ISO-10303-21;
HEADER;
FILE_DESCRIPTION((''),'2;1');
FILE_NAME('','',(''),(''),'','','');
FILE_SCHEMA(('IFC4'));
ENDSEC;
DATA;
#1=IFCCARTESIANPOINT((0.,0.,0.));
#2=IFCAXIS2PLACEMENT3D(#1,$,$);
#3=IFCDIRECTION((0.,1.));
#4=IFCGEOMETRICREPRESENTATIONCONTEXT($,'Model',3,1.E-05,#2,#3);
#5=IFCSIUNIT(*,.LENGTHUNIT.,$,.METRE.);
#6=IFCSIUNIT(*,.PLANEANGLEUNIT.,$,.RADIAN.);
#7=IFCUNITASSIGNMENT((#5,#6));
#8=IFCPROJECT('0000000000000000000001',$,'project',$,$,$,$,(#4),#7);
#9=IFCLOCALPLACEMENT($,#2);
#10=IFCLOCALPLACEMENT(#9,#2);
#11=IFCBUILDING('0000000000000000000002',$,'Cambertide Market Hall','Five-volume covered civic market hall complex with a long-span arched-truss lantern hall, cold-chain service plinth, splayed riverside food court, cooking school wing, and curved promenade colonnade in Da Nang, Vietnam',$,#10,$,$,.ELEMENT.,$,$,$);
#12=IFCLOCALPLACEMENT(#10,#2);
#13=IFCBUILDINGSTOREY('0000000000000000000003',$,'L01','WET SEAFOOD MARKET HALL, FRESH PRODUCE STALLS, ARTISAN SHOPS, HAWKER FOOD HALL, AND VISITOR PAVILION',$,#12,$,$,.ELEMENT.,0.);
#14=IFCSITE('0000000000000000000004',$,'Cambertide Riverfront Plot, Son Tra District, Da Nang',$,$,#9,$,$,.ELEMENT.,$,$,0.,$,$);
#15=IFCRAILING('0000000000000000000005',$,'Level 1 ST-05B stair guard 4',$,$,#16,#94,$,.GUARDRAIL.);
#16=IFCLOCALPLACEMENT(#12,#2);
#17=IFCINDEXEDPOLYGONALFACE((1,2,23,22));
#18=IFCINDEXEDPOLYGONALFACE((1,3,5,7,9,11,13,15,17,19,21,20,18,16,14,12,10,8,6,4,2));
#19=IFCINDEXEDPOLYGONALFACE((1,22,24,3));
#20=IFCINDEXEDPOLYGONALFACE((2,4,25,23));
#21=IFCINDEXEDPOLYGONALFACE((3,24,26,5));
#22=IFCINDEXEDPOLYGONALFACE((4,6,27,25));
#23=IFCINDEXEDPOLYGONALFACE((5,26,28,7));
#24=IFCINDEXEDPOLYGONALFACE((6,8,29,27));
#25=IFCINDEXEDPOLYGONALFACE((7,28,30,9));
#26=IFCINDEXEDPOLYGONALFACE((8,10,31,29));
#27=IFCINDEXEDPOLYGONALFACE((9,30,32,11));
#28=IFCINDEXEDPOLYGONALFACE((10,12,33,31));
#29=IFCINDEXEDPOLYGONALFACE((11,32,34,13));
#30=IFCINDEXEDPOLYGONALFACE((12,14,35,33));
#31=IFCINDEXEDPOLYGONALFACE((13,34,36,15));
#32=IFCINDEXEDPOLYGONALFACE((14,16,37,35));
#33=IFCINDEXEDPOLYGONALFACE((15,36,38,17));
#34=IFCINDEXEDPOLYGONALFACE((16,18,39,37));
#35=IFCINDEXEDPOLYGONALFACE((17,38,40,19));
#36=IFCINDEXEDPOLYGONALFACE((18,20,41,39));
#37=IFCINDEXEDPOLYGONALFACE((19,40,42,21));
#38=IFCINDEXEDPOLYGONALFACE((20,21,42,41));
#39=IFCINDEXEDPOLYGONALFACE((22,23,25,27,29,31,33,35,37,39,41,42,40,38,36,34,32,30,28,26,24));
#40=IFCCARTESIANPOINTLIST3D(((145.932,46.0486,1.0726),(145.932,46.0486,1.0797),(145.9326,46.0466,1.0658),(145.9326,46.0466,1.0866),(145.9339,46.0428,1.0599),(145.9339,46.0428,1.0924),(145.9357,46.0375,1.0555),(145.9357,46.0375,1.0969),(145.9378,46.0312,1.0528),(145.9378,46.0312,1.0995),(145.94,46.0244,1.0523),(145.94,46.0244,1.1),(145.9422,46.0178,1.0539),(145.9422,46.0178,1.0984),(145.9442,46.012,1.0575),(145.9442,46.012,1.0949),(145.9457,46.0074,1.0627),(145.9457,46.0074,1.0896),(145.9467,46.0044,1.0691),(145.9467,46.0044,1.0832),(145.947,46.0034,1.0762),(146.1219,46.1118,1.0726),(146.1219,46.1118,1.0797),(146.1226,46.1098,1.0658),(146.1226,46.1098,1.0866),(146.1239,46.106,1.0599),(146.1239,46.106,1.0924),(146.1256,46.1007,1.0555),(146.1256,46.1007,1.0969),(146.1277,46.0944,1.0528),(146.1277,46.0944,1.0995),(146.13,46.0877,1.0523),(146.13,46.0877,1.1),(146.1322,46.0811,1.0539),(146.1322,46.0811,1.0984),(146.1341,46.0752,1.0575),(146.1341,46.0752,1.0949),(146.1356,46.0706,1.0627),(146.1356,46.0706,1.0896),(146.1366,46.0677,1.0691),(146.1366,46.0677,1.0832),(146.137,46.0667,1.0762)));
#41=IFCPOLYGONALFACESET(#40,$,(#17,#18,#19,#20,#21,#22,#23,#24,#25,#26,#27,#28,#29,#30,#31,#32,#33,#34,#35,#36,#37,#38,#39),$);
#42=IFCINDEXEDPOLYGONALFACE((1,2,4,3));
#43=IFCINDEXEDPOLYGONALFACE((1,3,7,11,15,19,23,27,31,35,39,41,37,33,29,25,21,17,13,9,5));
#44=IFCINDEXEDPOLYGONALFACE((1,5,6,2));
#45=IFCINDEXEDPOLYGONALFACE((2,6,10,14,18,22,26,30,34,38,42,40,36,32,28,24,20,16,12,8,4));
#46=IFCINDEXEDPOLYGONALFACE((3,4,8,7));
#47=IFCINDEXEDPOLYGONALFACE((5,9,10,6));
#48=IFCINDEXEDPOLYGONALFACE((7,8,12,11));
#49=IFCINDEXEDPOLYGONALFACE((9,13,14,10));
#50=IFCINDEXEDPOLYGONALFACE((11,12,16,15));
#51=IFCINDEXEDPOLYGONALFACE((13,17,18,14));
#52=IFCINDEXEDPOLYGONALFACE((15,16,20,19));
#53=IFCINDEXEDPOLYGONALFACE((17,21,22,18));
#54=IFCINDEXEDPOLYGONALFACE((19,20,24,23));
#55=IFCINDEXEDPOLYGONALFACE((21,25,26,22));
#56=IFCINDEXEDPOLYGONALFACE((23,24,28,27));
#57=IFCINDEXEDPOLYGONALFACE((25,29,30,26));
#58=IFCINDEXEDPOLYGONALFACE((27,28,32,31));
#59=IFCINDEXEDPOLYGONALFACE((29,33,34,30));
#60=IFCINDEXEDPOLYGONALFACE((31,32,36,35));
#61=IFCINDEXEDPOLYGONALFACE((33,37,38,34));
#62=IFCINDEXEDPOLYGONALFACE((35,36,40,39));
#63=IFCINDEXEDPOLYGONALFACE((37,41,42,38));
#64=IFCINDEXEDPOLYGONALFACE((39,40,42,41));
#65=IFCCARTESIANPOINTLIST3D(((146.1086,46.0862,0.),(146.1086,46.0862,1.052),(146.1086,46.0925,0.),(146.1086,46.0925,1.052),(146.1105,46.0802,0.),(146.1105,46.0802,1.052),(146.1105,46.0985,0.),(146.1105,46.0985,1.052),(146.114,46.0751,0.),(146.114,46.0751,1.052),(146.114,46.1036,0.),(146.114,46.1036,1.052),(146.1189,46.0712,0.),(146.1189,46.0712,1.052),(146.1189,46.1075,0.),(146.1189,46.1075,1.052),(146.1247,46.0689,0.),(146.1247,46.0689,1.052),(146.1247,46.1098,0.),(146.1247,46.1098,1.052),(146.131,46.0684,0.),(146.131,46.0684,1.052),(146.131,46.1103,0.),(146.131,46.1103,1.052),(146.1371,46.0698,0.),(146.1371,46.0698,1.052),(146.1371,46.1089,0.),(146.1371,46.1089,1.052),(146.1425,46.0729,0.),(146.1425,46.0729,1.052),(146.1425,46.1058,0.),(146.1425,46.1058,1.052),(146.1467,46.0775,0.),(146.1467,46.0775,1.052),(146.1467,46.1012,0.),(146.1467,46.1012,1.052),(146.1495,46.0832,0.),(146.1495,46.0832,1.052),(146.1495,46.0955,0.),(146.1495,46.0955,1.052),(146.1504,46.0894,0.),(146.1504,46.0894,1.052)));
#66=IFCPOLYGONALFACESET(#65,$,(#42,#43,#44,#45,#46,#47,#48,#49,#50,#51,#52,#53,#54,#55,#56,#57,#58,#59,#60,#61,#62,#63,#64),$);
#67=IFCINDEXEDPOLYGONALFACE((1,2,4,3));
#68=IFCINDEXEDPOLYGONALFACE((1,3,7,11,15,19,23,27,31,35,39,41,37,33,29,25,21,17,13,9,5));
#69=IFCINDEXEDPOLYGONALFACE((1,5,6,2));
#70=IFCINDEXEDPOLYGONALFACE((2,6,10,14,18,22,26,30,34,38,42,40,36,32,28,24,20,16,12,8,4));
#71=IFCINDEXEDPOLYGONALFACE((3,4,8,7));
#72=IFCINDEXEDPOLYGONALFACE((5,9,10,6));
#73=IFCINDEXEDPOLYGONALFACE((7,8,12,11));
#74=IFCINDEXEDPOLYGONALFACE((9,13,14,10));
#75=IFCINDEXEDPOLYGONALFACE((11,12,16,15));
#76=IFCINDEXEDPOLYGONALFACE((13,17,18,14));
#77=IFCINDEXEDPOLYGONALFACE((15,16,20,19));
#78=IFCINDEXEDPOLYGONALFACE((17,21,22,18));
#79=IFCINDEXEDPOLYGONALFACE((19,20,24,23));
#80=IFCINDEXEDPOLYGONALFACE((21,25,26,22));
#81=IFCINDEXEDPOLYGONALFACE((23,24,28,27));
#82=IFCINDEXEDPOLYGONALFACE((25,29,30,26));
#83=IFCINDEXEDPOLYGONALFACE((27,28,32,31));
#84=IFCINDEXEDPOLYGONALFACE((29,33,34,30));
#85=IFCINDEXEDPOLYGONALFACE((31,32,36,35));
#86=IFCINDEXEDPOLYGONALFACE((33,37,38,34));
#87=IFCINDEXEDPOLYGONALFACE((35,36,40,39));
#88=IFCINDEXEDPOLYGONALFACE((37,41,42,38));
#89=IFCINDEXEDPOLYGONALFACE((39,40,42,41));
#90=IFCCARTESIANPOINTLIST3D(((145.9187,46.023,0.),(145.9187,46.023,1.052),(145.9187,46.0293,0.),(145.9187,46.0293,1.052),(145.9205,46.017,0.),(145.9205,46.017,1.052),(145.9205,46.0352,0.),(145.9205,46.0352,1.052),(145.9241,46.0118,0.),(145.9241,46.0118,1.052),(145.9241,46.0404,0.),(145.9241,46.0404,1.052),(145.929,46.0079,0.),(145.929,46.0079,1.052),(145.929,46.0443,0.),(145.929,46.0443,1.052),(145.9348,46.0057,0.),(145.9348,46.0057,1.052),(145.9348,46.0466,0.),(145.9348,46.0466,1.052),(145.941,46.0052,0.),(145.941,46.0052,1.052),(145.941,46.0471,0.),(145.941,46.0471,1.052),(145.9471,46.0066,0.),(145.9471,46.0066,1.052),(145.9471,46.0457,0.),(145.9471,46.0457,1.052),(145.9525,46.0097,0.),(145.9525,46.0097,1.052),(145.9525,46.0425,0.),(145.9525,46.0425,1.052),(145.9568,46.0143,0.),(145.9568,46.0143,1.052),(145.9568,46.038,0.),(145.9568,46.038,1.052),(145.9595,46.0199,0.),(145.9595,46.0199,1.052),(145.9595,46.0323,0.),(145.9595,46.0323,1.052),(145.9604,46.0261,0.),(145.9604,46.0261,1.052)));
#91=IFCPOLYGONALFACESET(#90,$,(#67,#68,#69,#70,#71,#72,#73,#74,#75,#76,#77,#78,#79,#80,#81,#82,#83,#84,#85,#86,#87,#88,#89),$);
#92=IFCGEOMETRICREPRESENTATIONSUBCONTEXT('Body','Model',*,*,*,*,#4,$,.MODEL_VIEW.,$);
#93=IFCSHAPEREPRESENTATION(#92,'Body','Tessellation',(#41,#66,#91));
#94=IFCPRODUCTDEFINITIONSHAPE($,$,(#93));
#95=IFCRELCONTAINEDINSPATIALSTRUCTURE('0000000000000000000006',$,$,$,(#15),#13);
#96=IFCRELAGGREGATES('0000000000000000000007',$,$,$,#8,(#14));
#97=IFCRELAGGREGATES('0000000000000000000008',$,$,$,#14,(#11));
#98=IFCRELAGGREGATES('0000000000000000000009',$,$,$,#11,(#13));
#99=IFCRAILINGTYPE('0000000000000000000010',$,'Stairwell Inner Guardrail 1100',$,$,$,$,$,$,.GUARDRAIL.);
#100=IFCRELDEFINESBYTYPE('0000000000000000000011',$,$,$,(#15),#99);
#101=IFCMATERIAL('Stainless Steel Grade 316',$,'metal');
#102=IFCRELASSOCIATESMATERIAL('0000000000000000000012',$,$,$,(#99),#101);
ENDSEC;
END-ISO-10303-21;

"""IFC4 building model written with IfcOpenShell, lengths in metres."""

from ifc_helpers import new_model, si_unit, direction, frame, origin, origin_2d, place, context, subcontext, project, spatial, circle, extrude, material, type_object, element, save


model = new_model("IFC4")

# Units and contexts
model_context = context("Model", 3, precision=1e-05, world=origin(), true_north=direction((0.0, 1.0)))
body_context = subcontext(model_context, "Body", "Model", "MODEL_VIEW")
ifc_project = project(units=[si_unit("LENGTHUNIT", "METRE"), si_unit("PLANEANGLEUNIT", "RADIAN")], contexts=[model_context])

# Site, building, storey
site_placement = place(None, origin())
site = spatial("IfcSite", under=ifc_project, at=site_placement, Name="Cambertide Riverfront Plot, Son Tra District, Da Nang", CompositionType="ELEMENT", RefElevation=0.0)
building_placement = place(site_placement, origin())
building = spatial("IfcBuilding", under=site, at=building_placement, Name="Cambertide Market Hall", Description="Five-volume covered civic market hall complex with a long-span arched-truss lantern hall, cold-chain service plinth, splayed riverside food court, cooking school wing, and curved promenade colonnade in Da Nang, Vietnam", CompositionType="ELEMENT")
storey_placement = place(building_placement, origin())
storey = spatial("IfcBuildingStorey", under=building, at=storey_placement, Name="L01", Description="WET SEAFOOD MARKET HALL, FRESH PRODUCE STALLS, ARTISAN SHOPS, HAWKER FOOD HALL, AND VISITOR PAVILION", CompositionType="ELEMENT", Elevation=0.0)

# Railing
ifc_material_1 = material(Name="Stainless Steel Grade 316", Category="metal")
railing_type = type_object("IfcRailingType", Name="Stairwell Inner Guardrail 1100", PredefinedType="GUARDRAIL", material=ifc_material_1)
railing_1_placement = place(storey_placement, frame((146.1294, 46.0894, 0.0)))
element("IfcRailing", 1, at=railing_1_placement, inside=storey, type_object=railing_type, Name="Level 1 ST-05B stair guard 4", PredefinedType="GUARDRAIL", context=body_context, shape_type="SweptSolid", body=[
    extrude(circle(Radius=0.0239, at=origin_2d()), frame((0.0, 0.0, 1.0762), z_axis=(-0.948805, -0.315862, 0.0), x_axis=(0.315862, -0.948805, 0.0)), (0.0, 0.0, 1.0), 0.2002),
    extrude(circle(Radius=0.021, at=origin_2d()), origin(), (0.0, 0.0, 1.0), 1.052),
    extrude(circle(Radius=0.021, at=origin_2d()), frame((-0.1899, -0.0632, 0.0)), (0.0, 0.0, 1.0), 1.052),
])

save(model, "model.ifc")
